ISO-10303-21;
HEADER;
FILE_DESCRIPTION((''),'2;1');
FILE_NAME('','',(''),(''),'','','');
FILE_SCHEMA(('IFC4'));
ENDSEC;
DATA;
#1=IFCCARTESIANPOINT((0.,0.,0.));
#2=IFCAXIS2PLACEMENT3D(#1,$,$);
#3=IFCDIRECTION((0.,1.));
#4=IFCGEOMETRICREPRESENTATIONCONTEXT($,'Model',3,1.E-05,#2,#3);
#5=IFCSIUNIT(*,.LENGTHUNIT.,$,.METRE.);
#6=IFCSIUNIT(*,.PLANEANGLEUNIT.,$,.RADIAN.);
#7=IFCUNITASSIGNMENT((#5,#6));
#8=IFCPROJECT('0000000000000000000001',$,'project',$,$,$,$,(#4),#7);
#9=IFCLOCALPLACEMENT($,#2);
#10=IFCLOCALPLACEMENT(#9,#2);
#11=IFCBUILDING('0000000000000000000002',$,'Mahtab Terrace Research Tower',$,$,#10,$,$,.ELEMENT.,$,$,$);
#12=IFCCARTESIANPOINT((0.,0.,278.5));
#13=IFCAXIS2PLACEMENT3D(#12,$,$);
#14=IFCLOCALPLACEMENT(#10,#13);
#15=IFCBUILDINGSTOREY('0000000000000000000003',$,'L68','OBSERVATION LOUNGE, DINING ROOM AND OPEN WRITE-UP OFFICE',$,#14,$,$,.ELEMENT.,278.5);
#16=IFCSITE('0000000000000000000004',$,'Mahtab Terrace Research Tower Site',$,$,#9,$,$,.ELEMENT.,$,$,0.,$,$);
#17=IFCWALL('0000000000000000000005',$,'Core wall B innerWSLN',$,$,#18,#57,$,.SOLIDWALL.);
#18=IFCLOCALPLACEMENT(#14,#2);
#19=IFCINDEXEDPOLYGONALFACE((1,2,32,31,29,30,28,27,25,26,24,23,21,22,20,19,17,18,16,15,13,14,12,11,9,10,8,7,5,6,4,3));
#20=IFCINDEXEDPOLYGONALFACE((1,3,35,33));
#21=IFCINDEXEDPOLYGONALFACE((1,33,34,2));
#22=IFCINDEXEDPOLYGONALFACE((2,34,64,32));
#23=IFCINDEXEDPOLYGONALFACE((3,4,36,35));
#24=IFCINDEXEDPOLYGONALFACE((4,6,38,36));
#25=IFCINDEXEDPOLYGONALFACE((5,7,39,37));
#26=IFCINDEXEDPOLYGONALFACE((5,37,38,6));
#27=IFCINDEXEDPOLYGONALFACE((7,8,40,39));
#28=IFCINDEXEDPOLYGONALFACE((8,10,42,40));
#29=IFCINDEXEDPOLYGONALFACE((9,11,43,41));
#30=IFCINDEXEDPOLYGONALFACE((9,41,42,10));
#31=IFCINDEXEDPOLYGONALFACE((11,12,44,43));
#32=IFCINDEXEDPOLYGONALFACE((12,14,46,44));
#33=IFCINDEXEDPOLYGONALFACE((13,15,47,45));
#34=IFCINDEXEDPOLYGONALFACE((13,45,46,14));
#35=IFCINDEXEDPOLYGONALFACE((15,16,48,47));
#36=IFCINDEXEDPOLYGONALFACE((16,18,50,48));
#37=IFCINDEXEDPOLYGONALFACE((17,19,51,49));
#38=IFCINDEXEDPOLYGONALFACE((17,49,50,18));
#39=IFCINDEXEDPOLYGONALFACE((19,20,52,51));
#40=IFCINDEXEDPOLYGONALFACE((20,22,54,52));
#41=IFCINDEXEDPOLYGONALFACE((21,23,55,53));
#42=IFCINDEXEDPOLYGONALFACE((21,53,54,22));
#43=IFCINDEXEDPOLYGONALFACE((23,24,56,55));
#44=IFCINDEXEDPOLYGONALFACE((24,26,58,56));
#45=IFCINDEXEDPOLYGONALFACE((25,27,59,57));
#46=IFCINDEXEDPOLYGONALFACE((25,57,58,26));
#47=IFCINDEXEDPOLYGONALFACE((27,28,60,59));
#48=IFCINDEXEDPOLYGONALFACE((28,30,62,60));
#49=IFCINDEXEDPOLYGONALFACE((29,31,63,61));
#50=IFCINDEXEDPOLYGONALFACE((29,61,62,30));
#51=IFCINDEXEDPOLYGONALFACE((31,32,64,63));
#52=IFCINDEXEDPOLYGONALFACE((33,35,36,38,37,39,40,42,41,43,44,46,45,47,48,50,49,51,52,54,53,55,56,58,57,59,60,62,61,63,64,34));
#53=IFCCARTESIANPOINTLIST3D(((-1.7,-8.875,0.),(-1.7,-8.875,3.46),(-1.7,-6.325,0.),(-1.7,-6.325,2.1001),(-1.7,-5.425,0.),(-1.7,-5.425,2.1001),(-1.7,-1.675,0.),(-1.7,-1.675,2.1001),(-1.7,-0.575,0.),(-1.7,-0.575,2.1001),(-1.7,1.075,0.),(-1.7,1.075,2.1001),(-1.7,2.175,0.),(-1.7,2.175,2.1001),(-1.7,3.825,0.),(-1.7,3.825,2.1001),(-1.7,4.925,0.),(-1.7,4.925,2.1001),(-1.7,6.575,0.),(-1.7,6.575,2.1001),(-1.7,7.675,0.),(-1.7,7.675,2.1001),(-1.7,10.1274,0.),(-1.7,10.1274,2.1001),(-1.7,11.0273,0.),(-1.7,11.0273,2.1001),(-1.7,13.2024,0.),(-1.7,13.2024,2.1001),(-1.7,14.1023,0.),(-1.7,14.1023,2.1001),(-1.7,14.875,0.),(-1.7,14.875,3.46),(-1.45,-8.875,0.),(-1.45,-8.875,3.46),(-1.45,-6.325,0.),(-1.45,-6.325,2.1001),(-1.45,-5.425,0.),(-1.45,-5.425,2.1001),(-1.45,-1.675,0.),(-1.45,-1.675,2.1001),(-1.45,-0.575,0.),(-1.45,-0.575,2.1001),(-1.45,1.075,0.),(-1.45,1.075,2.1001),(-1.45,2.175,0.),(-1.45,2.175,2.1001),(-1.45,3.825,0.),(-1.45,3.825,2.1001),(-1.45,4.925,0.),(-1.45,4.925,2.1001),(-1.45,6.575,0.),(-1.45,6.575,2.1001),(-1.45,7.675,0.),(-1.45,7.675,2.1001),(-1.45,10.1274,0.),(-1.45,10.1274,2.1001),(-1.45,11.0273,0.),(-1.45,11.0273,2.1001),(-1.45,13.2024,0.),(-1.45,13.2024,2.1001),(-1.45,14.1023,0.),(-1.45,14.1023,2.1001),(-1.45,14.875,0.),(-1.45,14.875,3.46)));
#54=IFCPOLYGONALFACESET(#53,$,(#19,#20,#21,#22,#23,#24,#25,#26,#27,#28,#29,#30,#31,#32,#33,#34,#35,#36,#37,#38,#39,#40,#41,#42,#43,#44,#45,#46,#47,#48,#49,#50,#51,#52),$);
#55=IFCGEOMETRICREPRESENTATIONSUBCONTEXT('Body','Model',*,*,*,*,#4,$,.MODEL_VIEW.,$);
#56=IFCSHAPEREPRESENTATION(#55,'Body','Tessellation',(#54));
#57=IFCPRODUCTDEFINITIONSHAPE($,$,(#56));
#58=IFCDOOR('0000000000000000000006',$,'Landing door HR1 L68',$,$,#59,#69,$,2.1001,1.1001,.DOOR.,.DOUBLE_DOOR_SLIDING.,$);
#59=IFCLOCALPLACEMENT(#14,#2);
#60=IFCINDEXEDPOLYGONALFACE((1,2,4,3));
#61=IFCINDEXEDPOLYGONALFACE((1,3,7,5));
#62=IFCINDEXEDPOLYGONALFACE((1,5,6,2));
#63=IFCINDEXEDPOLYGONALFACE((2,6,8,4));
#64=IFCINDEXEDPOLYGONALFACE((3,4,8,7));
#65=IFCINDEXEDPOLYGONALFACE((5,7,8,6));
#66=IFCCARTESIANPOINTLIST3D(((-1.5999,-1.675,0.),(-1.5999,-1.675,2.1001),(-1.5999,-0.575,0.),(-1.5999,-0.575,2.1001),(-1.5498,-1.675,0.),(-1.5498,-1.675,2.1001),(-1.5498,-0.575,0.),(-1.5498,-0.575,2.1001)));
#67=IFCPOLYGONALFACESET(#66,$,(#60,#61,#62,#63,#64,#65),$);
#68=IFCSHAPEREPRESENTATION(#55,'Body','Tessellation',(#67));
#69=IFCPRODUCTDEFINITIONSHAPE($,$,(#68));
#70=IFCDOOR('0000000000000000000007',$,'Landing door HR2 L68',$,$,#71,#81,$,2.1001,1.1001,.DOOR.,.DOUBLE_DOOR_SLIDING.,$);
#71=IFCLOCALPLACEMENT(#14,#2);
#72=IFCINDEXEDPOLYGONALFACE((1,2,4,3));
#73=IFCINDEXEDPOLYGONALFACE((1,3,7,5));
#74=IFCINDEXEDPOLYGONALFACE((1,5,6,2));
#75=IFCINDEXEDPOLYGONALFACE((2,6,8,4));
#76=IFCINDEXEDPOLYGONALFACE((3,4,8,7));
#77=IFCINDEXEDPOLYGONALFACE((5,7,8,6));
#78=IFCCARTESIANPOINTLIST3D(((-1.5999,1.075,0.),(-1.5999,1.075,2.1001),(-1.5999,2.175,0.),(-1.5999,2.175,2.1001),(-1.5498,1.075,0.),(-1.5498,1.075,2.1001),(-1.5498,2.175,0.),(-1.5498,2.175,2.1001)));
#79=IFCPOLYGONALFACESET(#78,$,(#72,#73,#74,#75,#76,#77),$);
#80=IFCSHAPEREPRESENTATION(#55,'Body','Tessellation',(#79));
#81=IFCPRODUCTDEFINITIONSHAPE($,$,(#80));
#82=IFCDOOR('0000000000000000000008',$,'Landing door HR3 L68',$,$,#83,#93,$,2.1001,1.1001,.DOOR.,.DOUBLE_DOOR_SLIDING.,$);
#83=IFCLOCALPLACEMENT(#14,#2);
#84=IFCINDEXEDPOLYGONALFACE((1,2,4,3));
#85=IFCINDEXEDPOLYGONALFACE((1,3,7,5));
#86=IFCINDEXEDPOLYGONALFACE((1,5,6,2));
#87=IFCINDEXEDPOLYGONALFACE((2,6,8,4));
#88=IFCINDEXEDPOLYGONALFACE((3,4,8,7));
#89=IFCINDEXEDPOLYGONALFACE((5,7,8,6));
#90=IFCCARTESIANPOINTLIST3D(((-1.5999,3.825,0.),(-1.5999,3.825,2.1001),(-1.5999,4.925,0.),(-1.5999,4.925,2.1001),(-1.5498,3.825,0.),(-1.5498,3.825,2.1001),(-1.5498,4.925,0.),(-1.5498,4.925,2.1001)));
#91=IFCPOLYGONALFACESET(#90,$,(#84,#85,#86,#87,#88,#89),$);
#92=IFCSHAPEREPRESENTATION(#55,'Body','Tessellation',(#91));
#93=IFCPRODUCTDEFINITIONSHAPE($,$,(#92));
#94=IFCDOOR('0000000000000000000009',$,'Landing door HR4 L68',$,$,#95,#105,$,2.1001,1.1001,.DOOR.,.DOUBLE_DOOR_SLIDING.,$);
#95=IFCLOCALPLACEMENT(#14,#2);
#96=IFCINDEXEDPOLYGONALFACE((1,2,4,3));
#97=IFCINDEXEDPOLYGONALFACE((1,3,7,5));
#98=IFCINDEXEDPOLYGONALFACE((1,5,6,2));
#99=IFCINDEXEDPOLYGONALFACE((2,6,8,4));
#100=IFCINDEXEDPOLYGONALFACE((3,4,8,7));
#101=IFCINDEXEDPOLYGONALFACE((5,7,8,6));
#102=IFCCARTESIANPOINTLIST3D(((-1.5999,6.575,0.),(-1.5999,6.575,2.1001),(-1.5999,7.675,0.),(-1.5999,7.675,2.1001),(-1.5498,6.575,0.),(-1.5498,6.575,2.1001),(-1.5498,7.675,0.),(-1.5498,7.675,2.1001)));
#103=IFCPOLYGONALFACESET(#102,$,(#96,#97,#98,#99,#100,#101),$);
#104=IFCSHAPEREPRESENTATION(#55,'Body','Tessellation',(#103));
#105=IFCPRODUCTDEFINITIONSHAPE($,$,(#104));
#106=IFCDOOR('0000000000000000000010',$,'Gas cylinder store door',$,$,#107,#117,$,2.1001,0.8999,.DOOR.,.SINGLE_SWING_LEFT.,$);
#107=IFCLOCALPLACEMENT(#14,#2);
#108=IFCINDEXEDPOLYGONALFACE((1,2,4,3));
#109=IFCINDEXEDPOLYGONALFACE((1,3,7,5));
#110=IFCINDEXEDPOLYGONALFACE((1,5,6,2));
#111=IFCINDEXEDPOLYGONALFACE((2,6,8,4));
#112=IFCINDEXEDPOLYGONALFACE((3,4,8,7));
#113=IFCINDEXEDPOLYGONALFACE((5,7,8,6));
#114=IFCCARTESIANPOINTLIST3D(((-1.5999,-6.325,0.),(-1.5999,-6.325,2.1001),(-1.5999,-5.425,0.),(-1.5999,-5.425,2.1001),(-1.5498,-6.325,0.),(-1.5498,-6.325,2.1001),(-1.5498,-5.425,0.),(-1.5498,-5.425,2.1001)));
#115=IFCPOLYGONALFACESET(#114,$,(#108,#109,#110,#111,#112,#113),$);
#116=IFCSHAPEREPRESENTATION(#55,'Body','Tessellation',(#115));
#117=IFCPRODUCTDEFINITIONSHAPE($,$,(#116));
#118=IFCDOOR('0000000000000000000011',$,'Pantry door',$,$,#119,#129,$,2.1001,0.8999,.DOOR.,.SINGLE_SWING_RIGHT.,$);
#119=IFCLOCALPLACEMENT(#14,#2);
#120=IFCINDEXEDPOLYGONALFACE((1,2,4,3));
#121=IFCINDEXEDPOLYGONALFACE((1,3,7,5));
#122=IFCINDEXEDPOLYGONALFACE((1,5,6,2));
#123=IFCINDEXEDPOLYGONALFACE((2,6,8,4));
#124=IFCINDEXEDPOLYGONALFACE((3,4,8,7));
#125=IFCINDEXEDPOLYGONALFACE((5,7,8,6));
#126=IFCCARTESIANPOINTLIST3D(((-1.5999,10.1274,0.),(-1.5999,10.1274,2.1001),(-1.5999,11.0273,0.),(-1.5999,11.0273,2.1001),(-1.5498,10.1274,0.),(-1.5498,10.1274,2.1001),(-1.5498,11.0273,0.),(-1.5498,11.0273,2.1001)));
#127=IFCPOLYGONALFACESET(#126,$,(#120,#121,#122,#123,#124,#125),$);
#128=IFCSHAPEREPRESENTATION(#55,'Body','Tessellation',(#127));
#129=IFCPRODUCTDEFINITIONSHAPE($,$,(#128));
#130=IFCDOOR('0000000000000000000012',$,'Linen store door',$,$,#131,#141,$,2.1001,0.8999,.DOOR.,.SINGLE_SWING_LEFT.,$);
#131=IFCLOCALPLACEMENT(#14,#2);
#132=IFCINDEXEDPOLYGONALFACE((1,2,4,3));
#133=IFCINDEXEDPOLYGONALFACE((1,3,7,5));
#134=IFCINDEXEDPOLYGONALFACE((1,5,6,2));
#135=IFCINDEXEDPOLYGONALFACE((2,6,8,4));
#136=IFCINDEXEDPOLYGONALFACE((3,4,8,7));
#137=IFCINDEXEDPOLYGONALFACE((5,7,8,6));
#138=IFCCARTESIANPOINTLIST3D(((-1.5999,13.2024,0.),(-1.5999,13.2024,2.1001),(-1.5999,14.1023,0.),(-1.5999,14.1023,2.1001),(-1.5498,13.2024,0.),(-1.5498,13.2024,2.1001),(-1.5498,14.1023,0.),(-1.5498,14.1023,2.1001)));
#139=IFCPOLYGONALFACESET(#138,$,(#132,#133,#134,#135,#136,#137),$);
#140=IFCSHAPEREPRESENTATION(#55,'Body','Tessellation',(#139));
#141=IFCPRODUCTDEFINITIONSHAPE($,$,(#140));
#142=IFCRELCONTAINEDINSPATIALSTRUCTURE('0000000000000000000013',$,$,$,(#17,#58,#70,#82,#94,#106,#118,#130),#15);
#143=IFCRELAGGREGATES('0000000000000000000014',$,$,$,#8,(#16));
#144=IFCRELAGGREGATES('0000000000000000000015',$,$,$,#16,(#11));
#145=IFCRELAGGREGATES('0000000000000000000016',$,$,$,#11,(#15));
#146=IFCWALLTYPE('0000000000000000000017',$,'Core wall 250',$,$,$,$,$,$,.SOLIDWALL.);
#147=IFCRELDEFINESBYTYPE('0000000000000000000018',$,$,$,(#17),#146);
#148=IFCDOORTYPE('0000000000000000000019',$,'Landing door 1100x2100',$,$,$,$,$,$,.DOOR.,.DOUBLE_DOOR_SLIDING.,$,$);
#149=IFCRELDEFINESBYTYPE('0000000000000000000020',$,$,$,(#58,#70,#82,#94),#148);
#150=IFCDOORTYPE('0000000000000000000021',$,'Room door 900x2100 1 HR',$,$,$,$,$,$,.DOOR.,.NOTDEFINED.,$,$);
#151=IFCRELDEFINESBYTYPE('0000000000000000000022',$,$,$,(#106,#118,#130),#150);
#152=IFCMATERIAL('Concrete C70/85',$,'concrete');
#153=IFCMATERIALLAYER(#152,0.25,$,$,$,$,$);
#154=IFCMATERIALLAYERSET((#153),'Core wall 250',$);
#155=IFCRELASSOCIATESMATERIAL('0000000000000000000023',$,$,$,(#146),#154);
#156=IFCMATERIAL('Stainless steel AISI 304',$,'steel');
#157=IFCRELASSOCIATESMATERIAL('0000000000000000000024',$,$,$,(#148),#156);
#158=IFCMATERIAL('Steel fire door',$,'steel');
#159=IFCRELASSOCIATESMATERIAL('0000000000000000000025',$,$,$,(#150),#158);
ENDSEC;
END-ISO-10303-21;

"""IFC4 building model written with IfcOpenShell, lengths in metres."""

from ifc_helpers import new_model, si_unit, direction, frame, frame_2d, origin, place, context, subcontext, project, spatial, rectangle, extrude, material, layer, layer_set, type_object, element, fill, save


model = new_model("IFC4")

# Units and contexts
model_context = context("Model", 3, precision=1e-05, world=origin(), true_north=direction((0.0, 1.0)))
body_context = subcontext(model_context, "Body", "Model", "MODEL_VIEW")
ifc_project = project(units=[si_unit("LENGTHUNIT", "METRE"), si_unit("PLANEANGLEUNIT", "RADIAN")], contexts=[model_context])

# Site, building, storey
site_placement = place(None, origin())
site = spatial("IfcSite", under=ifc_project, at=site_placement, Name="Mahtab Terrace Research Tower Site", CompositionType="ELEMENT", RefElevation=0.0)
building_placement = place(site_placement, origin())
building = spatial("IfcBuilding", under=site, at=building_placement, Name="Mahtab Terrace Research Tower", CompositionType="ELEMENT")
storey_placement = place(building_placement, frame((0.0, 0.0, 278.5)))
storey = spatial("IfcBuildingStorey", under=building, at=storey_placement, Name="L68", Description="OBSERVATION LOUNGE, DINING ROOM AND OPEN WRITE-UP OFFICE", CompositionType="ELEMENT", Elevation=278.5)

# Shared definitions
ifc_material_1 = material(Name="Concrete C70/85", Category="concrete")

# Wall, openings, doors
ifc_layer_1 = layer(ifc_material_1, 0.25)
ifc_layer_set_1 = layer_set([ifc_layer_1], Name="Core wall 250")
wall_type = type_object("IfcWallType", Name="Core wall 250", PredefinedType="SOLIDWALL", material=ifc_layer_set_1)
wall_1_placement = place(storey_placement, frame((-1.575, -8.875, 0.0), z_axis=(0.0, 0.0, 1.0), x_axis=(0.0, 1.0, 0.0)))
wall_1 = element("IfcWall", 1, at=wall_1_placement, inside=storey, type_object=wall_type, Name="Core wall B innerWSLN", PredefinedType="SOLIDWALL", context=body_context, shape_type="SweptSolid", body=[
    extrude(rectangle(XDim=23.75, YDim=0.25, at=frame_2d((11.875, 0.0))), origin(), (0.0, 0.0, 1.0), 3.46),
])
opening_1_placement = place(wall_1_placement, frame((7.2, 0.0, 0.0)))
opening_1 = element("IfcOpeningElement", 2, at=opening_1_placement, cuts=wall_1, PredefinedType="OPENING", context=body_context, shape_type="SweptSolid", body=[
    extrude(rectangle(XDim=1.1001, YDim=2.1001, at=frame_2d((0.55, 1.05))), frame((0.0, 0.135, 0.0), z_axis=(0.0, -1.0, 0.0), x_axis=(1.0, 0.0, 0.0)), (0.0, 0.0, 1.0), 0.27),
])
opening_2_placement = place(wall_1_placement, frame((9.95, 0.0, 0.0)))
opening_2 = element("IfcOpeningElement", 3, at=opening_2_placement, cuts=wall_1, PredefinedType="OPENING", context=body_context, shape_type="SweptSolid", body=[
    extrude(rectangle(XDim=1.1001, YDim=2.1001, at=frame_2d((0.55, 1.05))), frame((0.0, 0.135, 0.0), z_axis=(0.0, -1.0, 0.0), x_axis=(1.0, 0.0, 0.0)), (0.0, 0.0, 1.0), 0.27),
])
opening_3_placement = place(wall_1_placement, frame((12.7, 0.0, 0.0)))
opening_3 = element("IfcOpeningElement", 4, at=opening_3_placement, cuts=wall_1, PredefinedType="OPENING", context=body_context, shape_type="SweptSolid", body=[
    extrude(rectangle(XDim=1.1001, YDim=2.1001, at=frame_2d((0.55, 1.05))), frame((0.0, 0.135, 0.0), z_axis=(0.0, -1.0, 0.0), x_axis=(1.0, 0.0, 0.0)), (0.0, 0.0, 1.0), 0.27),
])
opening_4_placement = place(wall_1_placement, frame((15.45, 0.0, 0.0)))
opening_4 = element("IfcOpeningElement", 5, at=opening_4_placement, cuts=wall_1, PredefinedType="OPENING", context=body_context, shape_type="SweptSolid", body=[
    extrude(rectangle(XDim=1.1001, YDim=2.1001, at=frame_2d((0.55, 1.05))), frame((0.0, 0.135, 0.0), z_axis=(0.0, -1.0, 0.0), x_axis=(1.0, 0.0, 0.0)), (0.0, 0.0, 1.0), 0.27),
])
opening_5_placement = place(wall_1_placement, frame((2.55, 0.0, 0.0)))
opening_5 = element("IfcOpeningElement", 6, at=opening_5_placement, cuts=wall_1, PredefinedType="OPENING", context=body_context, shape_type="SweptSolid", body=[
    extrude(rectangle(XDim=0.8999, YDim=2.1001, at=frame_2d((0.45, 1.05))), frame((0.0, 0.135, 0.0), z_axis=(0.0, -1.0, 0.0), x_axis=(1.0, 0.0, 0.0)), (0.0, 0.0, 1.0), 0.27),
])
opening_6_placement = place(wall_1_placement, frame((19.0024, 0.0, 0.0)))
opening_6 = element("IfcOpeningElement", 7, at=opening_6_placement, cuts=wall_1, PredefinedType="OPENING", context=body_context, shape_type="SweptSolid", body=[
    extrude(rectangle(XDim=0.8999, YDim=2.1001, at=frame_2d((0.45, 1.05))), frame((0.0, 0.135, 0.0), z_axis=(0.0, -1.0, 0.0), x_axis=(1.0, 0.0, 0.0)), (0.0, 0.0, 1.0), 0.27),
])
opening_7_placement = place(wall_1_placement, frame((22.0774, 0.0, 0.0)))
opening_7 = element("IfcOpeningElement", 8, at=opening_7_placement, cuts=wall_1, PredefinedType="OPENING", context=body_context, shape_type="SweptSolid", body=[
    extrude(rectangle(XDim=0.8999, YDim=2.1001, at=frame_2d((0.45, 1.05))), frame((0.0, 0.135, 0.0), z_axis=(0.0, -1.0, 0.0), x_axis=(1.0, 0.0, 0.0)), (0.0, 0.0, 1.0), 0.27),
])
ifc_material_2 = material(Name="Stainless steel AISI 304", Category="steel")
door_type_1 = type_object("IfcDoorType", Name="Landing door 1100x2100", OperationType="DOUBLE_DOOR_SLIDING", PredefinedType="DOOR", material=ifc_material_2)
door_1_placement = place(opening_1_placement, origin())
door_1 = element("IfcDoor", 9, at=door_1_placement, inside=storey, type_object=door_type_1, Name="Landing door HR1 L68", OperationType="DOUBLE_DOOR_SLIDING", OverallHeight=2.1001, OverallWidth=1.1001, PredefinedType="DOOR", context=body_context, shape_type="SweptSolid", body=[
    extrude(rectangle(XDim=1.1001, YDim=2.1001, at=frame_2d((0.55, 1.05))), frame((0.0, 0.0249, 0.0), z_axis=(0.0, -1.0, 0.0), x_axis=(1.0, 0.0, 0.0)), (0.0, 0.0, 1.0), 0.05),
])
fill(opening_1, door_1)
door_2_placement = place(opening_2_placement, origin())
door_2 = element("IfcDoor", 10, at=door_2_placement, inside=storey, type_object=door_type_1, Name="Landing door HR2 L68", OperationType="DOUBLE_DOOR_SLIDING", OverallHeight=2.1001, OverallWidth=1.1001, PredefinedType="DOOR", context=body_context, shape_type="SweptSolid", body=[
    extrude(rectangle(XDim=1.1001, YDim=2.1001, at=frame_2d((0.55, 1.05))), frame((0.0, 0.0249, 0.0), z_axis=(0.0, -1.0, 0.0), x_axis=(1.0, 0.0, 0.0)), (0.0, 0.0, 1.0), 0.05),
])
fill(opening_2, door_2)
door_3_placement = place(opening_3_placement, origin())
door_3 = element("IfcDoor", 11, at=door_3_placement, inside=storey, type_object=door_type_1, Name="Landing door HR3 L68", OperationType="DOUBLE_DOOR_SLIDING", OverallHeight=2.1001, OverallWidth=1.1001, PredefinedType="DOOR", context=body_context, shape_type="SweptSolid", body=[
    extrude(rectangle(XDim=1.1001, YDim=2.1001, at=frame_2d((0.55, 1.05))), frame((0.0, 0.0249, 0.0), z_axis=(0.0, -1.0, 0.0), x_axis=(1.0, 0.0, 0.0)), (0.0, 0.0, 1.0), 0.05),
])
fill(opening_3, door_3)
door_4_placement = place(opening_4_placement, origin())
door_4 = element("IfcDoor", 12, at=door_4_placement, inside=storey, type_object=door_type_1, Name="Landing door HR4 L68", OperationType="DOUBLE_DOOR_SLIDING", OverallHeight=2.1001, OverallWidth=1.1001, PredefinedType="DOOR", context=body_context, shape_type="SweptSolid", body=[
    extrude(rectangle(XDim=1.1001, YDim=2.1001, at=frame_2d((0.55, 1.05))), frame((0.0, 0.0249, 0.0), z_axis=(0.0, -1.0, 0.0), x_axis=(1.0, 0.0, 0.0)), (0.0, 0.0, 1.0), 0.05),
])
fill(opening_4, door_4)
ifc_material_3 = material(Name="Steel fire door", Category="steel")
door_type_2 = type_object("IfcDoorType", Name="Room door 900x2100 1 HR", OperationType="NOTDEFINED", PredefinedType="DOOR", material=ifc_material_3)
door_5_placement = place(opening_5_placement, origin())
door_5 = element("IfcDoor", 13, at=door_5_placement, inside=storey, type_object=door_type_2, Name="Gas cylinder store door", OperationType="SINGLE_SWING_LEFT", OverallHeight=2.1001, OverallWidth=0.8999, PredefinedType="DOOR", context=body_context, shape_type="SweptSolid", body=[
    extrude(rectangle(XDim=0.8999, YDim=2.1001, at=frame_2d((0.45, 1.05))), frame((0.0, 0.0249, 0.0), z_axis=(0.0, -1.0, 0.0), x_axis=(1.0, 0.0, 0.0)), (0.0, 0.0, 1.0), 0.05),
])
fill(opening_5, door_5)
door_6_placement = place(opening_6_placement, origin())
door_6 = element("IfcDoor", 14, at=door_6_placement, inside=storey, type_object=door_type_2, Name="Pantry door", OperationType="SINGLE_SWING_RIGHT", OverallHeight=2.1001, OverallWidth=0.8999, PredefinedType="DOOR", context=body_context, shape_type="SweptSolid", body=[
    extrude(rectangle(XDim=0.8999, YDim=2.1001, at=frame_2d((0.45, 1.05))), frame((0.0, 0.0249, 0.0), z_axis=(0.0, -1.0, 0.0), x_axis=(1.0, 0.0, 0.0)), (0.0, 0.0, 1.0), 0.05),
])
fill(opening_6, door_6)
door_7_placement = place(opening_7_placement, origin())
door_7 = element("IfcDoor", 15, at=door_7_placement, inside=storey, type_object=door_type_2, Name="Linen store door", OperationType="SINGLE_SWING_LEFT", OverallHeight=2.1001, OverallWidth=0.8999, PredefinedType="DOOR", context=body_context, shape_type="SweptSolid", body=[
    extrude(rectangle(XDim=0.8999, YDim=2.1001, at=frame_2d((0.45, 1.05))), frame((0.0, 0.0249, 0.0), z_axis=(0.0, -1.0, 0.0), x_axis=(1.0, 0.0, 0.0)), (0.0, 0.0, 1.0), 0.05),
])
fill(opening_7, door_7)

save(model, "model.ifc")
